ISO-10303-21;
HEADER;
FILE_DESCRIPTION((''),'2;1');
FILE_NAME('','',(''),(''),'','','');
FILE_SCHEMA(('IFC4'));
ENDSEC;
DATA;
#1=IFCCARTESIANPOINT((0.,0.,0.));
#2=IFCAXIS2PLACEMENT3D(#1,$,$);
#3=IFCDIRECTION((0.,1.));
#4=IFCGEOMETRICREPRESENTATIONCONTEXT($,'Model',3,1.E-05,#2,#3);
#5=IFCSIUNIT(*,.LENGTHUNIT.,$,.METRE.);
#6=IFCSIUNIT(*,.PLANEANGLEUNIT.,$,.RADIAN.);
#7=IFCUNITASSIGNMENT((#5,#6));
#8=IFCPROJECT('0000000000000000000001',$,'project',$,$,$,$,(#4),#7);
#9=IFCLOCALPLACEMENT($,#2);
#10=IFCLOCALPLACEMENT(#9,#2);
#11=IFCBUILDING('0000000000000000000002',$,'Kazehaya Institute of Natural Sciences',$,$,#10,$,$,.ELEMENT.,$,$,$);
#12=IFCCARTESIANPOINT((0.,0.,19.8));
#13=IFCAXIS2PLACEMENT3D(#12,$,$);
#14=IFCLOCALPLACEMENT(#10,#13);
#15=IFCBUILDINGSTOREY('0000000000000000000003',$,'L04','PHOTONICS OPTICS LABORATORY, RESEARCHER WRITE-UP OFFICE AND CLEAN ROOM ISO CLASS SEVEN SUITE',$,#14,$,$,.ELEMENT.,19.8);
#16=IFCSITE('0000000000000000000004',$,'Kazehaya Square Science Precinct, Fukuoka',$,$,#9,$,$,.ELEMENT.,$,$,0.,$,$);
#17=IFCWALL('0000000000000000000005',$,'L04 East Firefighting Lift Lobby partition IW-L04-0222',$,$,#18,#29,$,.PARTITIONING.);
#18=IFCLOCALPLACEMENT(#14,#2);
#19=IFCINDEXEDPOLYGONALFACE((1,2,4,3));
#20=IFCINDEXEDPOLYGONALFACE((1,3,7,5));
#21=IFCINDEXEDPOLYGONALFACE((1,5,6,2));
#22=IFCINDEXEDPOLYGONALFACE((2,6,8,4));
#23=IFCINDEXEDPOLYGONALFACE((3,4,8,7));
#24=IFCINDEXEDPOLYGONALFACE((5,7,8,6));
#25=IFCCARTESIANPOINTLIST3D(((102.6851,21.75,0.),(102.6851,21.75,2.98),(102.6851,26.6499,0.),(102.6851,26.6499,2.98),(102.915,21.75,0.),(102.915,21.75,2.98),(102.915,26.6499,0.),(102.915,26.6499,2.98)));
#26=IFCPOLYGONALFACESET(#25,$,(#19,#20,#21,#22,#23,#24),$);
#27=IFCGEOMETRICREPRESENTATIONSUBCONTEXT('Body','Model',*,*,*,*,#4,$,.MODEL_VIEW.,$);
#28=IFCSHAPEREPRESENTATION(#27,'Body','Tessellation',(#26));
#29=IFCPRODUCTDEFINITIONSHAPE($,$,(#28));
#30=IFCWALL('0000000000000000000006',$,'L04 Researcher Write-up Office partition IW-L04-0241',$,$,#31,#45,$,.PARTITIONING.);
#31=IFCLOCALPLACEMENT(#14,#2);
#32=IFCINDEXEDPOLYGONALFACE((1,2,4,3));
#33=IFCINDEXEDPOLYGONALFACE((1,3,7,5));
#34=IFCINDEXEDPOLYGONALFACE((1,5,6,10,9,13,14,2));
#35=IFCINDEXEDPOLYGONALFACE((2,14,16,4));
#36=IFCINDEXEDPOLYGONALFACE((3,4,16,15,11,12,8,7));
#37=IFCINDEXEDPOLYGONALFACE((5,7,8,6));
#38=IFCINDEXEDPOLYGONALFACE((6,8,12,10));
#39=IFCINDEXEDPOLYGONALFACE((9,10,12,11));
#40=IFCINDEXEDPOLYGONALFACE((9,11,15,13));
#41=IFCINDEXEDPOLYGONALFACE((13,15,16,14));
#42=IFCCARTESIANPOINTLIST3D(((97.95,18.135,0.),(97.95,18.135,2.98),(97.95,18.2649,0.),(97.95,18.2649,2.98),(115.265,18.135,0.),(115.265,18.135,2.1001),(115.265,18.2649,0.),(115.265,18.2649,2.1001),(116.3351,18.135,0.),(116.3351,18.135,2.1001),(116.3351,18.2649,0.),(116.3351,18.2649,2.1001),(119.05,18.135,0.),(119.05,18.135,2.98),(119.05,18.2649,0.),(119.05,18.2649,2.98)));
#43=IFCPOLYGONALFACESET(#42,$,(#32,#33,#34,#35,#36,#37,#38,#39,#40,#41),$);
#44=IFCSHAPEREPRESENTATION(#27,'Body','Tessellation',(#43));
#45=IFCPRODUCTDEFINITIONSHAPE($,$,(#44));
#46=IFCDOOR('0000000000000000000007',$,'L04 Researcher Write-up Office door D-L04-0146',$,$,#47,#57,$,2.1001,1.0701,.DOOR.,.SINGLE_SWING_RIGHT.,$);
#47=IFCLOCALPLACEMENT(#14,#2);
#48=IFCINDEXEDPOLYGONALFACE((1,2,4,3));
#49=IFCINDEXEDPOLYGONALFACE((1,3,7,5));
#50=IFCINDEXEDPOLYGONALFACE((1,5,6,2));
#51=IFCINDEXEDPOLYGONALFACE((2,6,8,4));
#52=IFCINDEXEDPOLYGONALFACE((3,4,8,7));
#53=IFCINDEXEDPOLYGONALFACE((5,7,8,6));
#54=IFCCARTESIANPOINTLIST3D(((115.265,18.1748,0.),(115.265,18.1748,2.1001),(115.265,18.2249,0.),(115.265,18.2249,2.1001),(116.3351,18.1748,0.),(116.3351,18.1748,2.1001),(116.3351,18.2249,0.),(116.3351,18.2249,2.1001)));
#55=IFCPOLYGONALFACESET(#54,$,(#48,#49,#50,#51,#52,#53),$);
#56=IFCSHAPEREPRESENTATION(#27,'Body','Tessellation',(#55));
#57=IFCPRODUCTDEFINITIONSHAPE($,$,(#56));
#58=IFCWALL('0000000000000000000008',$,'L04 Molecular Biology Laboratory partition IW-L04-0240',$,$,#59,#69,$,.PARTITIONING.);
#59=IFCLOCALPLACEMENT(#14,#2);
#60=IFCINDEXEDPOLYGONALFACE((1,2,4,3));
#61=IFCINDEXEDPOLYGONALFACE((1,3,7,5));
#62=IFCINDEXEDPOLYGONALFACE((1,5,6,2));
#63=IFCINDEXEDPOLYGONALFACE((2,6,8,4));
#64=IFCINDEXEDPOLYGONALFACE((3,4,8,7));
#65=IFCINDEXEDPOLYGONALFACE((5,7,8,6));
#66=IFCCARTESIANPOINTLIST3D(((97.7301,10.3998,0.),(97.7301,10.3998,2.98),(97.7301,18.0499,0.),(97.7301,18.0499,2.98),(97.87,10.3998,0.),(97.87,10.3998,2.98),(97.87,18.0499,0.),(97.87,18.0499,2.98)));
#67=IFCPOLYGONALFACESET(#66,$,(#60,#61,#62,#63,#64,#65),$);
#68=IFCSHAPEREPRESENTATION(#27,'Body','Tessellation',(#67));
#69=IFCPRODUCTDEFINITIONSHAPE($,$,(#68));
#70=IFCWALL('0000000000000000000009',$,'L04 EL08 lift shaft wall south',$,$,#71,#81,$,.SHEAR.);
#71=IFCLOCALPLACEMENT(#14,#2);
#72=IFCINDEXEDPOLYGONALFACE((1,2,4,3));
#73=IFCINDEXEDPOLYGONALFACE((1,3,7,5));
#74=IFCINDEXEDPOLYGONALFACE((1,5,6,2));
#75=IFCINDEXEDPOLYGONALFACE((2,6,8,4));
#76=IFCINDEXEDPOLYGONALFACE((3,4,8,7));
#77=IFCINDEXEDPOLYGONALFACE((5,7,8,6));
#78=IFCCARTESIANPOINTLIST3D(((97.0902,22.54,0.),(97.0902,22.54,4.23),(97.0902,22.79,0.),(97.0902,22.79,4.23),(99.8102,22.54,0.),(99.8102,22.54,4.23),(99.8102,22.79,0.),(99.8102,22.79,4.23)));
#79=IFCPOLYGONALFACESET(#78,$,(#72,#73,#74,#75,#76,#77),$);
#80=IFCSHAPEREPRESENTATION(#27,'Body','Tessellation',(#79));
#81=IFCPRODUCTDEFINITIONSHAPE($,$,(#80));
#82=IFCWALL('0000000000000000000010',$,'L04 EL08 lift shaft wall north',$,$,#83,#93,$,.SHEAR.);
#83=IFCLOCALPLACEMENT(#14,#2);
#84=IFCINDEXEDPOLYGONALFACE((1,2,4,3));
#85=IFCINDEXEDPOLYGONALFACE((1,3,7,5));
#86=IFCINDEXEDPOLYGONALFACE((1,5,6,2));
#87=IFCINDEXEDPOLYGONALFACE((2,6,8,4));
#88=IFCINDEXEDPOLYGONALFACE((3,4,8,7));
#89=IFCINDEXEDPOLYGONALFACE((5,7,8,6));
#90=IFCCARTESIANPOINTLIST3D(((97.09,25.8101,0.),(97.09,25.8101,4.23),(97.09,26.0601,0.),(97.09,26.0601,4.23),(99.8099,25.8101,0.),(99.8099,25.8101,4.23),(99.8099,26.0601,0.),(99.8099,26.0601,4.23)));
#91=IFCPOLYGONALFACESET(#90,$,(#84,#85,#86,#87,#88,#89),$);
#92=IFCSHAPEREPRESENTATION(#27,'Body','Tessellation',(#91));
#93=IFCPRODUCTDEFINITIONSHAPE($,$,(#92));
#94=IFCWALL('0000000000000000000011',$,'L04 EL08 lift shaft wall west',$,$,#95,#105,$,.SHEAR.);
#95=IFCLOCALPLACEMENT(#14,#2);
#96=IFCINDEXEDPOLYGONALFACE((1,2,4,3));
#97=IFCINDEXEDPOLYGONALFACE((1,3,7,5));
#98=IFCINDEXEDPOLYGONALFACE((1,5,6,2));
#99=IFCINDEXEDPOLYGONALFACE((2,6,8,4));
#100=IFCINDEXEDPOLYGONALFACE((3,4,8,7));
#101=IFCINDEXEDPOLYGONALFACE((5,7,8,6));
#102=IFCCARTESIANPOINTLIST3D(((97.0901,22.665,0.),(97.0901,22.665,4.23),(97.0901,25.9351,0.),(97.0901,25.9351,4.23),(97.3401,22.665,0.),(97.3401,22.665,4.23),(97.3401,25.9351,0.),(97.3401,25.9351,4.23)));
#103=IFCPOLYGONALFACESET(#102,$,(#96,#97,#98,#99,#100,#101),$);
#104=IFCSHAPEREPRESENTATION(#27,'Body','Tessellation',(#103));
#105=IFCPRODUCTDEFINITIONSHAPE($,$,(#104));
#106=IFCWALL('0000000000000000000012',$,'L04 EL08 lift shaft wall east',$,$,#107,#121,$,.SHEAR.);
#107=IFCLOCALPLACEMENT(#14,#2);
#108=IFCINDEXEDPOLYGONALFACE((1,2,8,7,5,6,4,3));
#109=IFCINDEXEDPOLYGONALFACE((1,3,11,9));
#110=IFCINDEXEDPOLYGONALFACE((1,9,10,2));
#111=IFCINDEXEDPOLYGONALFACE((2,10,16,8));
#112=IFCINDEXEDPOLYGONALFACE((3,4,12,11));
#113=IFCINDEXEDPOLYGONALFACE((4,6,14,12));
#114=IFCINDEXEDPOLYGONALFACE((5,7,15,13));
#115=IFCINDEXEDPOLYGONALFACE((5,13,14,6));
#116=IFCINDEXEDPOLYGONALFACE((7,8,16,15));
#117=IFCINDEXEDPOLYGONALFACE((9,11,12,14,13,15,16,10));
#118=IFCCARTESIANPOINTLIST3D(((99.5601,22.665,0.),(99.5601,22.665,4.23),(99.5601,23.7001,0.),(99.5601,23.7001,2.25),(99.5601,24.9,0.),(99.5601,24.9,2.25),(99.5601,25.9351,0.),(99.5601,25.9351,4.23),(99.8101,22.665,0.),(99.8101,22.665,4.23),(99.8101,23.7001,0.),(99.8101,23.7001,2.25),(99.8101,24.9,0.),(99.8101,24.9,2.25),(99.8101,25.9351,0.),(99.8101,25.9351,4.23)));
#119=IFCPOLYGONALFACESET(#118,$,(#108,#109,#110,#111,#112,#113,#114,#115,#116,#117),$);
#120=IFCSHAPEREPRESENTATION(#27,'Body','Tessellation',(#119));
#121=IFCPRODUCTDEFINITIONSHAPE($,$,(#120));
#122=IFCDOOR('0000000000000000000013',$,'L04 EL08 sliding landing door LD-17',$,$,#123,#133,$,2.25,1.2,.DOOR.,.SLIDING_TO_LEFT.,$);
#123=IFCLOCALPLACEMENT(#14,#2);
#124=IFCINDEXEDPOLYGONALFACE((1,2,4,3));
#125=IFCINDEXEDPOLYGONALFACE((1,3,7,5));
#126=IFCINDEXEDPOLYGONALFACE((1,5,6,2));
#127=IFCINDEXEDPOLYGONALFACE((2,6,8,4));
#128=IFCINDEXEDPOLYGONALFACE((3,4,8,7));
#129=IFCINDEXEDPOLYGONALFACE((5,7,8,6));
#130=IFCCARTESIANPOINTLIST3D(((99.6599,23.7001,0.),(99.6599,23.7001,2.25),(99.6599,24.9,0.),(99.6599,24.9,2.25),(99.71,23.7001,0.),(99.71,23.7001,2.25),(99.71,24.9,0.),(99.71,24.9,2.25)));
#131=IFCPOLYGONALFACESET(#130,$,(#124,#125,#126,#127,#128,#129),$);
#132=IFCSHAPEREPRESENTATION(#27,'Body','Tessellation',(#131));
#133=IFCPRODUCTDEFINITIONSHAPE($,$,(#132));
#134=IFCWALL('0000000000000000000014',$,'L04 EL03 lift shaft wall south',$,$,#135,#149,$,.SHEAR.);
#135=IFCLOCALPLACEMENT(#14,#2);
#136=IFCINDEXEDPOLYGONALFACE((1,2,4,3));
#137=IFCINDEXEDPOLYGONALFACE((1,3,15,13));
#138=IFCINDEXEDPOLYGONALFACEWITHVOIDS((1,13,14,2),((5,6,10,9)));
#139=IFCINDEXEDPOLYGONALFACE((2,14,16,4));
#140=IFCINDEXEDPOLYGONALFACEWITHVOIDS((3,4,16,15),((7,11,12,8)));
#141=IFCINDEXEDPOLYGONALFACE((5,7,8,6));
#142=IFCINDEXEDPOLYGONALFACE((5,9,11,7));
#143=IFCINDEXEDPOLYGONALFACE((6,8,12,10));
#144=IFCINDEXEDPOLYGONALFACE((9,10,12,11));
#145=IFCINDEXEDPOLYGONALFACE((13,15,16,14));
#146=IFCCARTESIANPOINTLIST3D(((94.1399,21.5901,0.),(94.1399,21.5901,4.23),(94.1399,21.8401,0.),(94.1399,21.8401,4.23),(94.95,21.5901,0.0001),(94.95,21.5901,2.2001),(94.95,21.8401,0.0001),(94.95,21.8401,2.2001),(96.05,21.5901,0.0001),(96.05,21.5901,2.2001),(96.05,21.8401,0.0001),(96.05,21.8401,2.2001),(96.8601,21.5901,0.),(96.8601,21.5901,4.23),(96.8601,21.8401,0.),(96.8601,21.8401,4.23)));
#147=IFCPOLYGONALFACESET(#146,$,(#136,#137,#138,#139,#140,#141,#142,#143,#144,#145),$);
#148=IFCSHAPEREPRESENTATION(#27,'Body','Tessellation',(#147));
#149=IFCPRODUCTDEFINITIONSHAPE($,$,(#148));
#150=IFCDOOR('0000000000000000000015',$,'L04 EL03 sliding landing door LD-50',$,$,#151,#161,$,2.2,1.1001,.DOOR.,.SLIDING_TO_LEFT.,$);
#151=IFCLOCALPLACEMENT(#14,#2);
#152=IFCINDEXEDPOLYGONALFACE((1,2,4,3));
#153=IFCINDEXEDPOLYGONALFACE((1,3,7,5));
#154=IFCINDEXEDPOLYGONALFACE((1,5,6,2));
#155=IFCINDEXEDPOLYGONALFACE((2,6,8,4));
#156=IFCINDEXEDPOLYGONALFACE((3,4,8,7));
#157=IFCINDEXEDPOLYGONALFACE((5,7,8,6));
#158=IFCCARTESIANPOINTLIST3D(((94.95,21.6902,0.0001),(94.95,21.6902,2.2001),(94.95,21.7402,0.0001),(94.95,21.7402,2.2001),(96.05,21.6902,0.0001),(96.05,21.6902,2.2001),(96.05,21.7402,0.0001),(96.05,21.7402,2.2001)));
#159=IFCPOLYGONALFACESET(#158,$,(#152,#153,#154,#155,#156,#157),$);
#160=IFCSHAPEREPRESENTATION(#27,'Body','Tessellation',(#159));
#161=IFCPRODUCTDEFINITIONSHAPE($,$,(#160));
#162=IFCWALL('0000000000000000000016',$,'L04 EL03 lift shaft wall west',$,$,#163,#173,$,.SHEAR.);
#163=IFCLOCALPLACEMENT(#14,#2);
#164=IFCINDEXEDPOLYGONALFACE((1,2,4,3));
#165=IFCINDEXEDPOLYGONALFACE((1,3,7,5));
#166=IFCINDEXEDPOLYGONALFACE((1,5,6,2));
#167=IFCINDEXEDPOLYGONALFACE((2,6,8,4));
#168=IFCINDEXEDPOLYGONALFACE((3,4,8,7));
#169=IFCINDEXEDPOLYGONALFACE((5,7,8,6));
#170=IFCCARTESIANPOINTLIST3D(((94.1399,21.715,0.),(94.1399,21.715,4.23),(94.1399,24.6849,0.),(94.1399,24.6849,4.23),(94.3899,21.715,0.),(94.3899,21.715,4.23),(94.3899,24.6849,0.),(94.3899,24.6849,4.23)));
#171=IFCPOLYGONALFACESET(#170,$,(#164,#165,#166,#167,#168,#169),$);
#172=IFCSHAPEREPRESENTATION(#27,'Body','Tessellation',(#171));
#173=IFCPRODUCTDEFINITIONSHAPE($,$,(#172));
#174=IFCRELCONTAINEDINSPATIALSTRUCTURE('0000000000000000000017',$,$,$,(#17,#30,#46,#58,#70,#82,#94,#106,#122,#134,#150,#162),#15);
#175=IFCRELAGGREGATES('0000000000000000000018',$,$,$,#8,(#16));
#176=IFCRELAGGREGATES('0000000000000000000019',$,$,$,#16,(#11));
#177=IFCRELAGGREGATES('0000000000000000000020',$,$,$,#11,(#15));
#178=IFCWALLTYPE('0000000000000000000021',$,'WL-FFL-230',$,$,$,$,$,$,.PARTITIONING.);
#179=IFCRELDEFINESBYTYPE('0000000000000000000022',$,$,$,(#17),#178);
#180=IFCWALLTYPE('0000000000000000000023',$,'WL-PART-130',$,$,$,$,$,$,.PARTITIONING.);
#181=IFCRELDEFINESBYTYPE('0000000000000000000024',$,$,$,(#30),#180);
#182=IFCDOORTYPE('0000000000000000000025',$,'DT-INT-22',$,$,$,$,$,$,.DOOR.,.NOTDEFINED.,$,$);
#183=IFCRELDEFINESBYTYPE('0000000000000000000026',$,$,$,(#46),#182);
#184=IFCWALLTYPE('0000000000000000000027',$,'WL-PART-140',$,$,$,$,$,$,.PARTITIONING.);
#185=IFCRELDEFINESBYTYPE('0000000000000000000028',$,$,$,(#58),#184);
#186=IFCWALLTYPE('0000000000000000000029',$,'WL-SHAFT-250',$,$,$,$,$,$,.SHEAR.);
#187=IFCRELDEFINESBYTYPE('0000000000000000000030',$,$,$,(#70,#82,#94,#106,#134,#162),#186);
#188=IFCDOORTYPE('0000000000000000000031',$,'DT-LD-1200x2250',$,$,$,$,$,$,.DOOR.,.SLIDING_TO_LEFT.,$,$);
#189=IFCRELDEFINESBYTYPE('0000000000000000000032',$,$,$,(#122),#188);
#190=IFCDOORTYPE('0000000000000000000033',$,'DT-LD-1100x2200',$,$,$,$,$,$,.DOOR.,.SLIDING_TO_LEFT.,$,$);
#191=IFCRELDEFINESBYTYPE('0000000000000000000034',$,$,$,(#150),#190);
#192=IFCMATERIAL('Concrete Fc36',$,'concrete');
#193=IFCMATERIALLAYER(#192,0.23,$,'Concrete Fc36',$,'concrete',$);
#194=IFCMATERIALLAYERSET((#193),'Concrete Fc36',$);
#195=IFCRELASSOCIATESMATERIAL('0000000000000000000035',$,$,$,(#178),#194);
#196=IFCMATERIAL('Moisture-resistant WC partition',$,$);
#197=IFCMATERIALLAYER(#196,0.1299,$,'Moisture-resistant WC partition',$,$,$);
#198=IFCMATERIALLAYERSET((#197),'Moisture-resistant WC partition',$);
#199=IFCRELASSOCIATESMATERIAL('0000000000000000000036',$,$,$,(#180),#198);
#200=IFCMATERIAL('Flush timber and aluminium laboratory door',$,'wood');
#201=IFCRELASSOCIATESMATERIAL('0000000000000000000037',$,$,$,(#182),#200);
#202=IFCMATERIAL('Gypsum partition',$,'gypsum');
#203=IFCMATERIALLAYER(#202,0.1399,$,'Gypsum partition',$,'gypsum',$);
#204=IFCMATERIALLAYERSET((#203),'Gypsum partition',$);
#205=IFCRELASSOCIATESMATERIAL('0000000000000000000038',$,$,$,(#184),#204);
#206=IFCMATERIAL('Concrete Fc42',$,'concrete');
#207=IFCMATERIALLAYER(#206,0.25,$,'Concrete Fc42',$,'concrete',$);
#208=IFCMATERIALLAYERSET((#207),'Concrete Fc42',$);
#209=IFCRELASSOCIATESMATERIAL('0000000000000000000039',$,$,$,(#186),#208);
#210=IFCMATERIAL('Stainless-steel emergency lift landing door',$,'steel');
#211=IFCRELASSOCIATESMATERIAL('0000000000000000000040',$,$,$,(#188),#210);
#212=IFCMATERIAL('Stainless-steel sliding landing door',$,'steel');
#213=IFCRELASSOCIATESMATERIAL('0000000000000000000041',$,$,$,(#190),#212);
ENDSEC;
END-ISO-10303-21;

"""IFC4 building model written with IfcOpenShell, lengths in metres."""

from ifc_helpers import new_model, si_unit, direction, frame, frame_2d, origin, place, context, subcontext, project, spatial, rectangle, extrude, material, layer, layer_set, type_object, element, fill, save


model = new_model("IFC4")

# Units and contexts
model_context = context("Model", 3, precision=1e-05, world=origin(), true_north=direction((0.0, 1.0)))
body_context = subcontext(model_context, "Body", "Model", "MODEL_VIEW")
ifc_project = project(units=[si_unit("LENGTHUNIT", "METRE"), si_unit("PLANEANGLEUNIT", "RADIAN")], contexts=[model_context])

# Site, building, storey
site_placement = place(None, origin())
site = spatial("IfcSite", under=ifc_project, at=site_placement, Name="Kazehaya Square Science Precinct, Fukuoka", CompositionType="ELEMENT", RefElevation=0.0)
building_placement = place(site_placement, origin())
building = spatial("IfcBuilding", under=site, at=building_placement, Name="Kazehaya Institute of Natural Sciences", CompositionType="ELEMENT")
storey_placement = place(building_placement, frame((0.0, 0.0, 19.8)))
storey = spatial("IfcBuildingStorey", under=building, at=storey_placement, Name="L04", Description="PHOTONICS OPTICS LABORATORY, RESEARCHER WRITE-UP OFFICE AND CLEAN ROOM ISO CLASS SEVEN SUITE", CompositionType="ELEMENT", Elevation=19.8)

# Shared definitions
ifc_material_1 = material(Name="Concrete Fc42", Category="concrete")

# Shared definitions
ifc_material_2 = material(Name="Concrete Fc36", Category="concrete")

# Shared definitions
ifc_layer_1 = layer(ifc_material_2, 0.23, Name="Concrete Fc36", Category="concrete")
ifc_layer_set_1 = layer_set([ifc_layer_1], Name="Concrete Fc36")
wall_type_1 = type_object("IfcWallType", Name="WL-FFL-230", PredefinedType="PARTITIONING", material=ifc_layer_set_1)

# Wall
wall_1_placement = place(storey_placement, frame((102.8, 26.6499, 0.0), z_axis=(0.0, 0.0, 1.0), x_axis=(0.0, -1.0, 0.0)))
element("IfcWall", 1, at=wall_1_placement, inside=storey, type_object=wall_type_1, Name="L04 East Firefighting Lift Lobby partition IW-L04-0222", PredefinedType="PARTITIONING", context=body_context, shape_type="SweptSolid", body=[
    extrude(rectangle(XDim=4.8999, YDim=0.23, at=frame_2d((2.45, 0.0))), origin(), (0.0, 0.0, 1.0), 2.98),
])

# Wall, opening, door
ifc_material_3 = material(Name="Moisture-resistant WC partition")
ifc_layer_2 = layer(ifc_material_3, 0.1299, Name="Moisture-resistant WC partition")
ifc_layer_set_2 = layer_set([ifc_layer_2], Name="Moisture-resistant WC partition")
wall_type_2 = type_object("IfcWallType", Name="WL-PART-130", PredefinedType="PARTITIONING", material=ifc_layer_set_2)
wall_2_placement = place(storey_placement, frame((97.95, 18.2, 0.0), z_axis=(0.0, 0.0, 1.0), x_axis=(1.0, 0.0, 0.0)))
wall_2 = element("IfcWall", 2, at=wall_2_placement, inside=storey, type_object=wall_type_2, Name="L04 Researcher Write-up Office partition IW-L04-0241", PredefinedType="PARTITIONING", context=body_context, shape_type="SweptSolid", body=[
    extrude(rectangle(XDim=21.1001, YDim=0.1299, at=frame_2d((10.55, 0.0))), origin(), (0.0, 0.0, 1.0), 2.98),
])
opening_1_placement = place(wall_2_placement, frame((17.3149, 0.0, 0.0)))
opening_1 = element("IfcOpeningElement", 3, at=opening_1_placement, cuts=wall_2, PredefinedType="OPENING", context=body_context, shape_type="SweptSolid", body=[
    extrude(rectangle(XDim=1.0701, YDim=2.1001, at=frame_2d((0.5352, 1.05))), frame((0.0, 0.075, 0.0), z_axis=(0.0, -1.0, 0.0), x_axis=(1.0, 0.0, 0.0)), (0.0, 0.0, 1.0), 0.1499),
])
ifc_material_4 = material(Name="Flush timber and aluminium laboratory door", Category="wood")
door_type_1 = type_object("IfcDoorType", Name="DT-INT-22", OperationType="NOTDEFINED", PredefinedType="DOOR", material=ifc_material_4)
door_1_placement = place(opening_1_placement, origin())
door_1 = element("IfcDoor", 4, at=door_1_placement, inside=storey, type_object=door_type_1, Name="L04 Researcher Write-up Office door D-L04-0146", OperationType="SINGLE_SWING_RIGHT", OverallHeight=2.1001, OverallWidth=1.0701, PredefinedType="DOOR", context=body_context, shape_type="SweptSolid", body=[
    extrude(rectangle(XDim=1.0701, YDim=2.1001, at=frame_2d((0.5352, 1.05))), frame((0.0, 0.0249, 0.0), z_axis=(0.0, -1.0, 0.0), x_axis=(1.0, 0.0, 0.0)), (0.0, 0.0, 1.0), 0.05),
])
fill(opening_1, door_1)

# Walls
ifc_material_5 = material(Name="Gypsum partition", Category="gypsum")
ifc_layer_3 = layer(ifc_material_5, 0.1399, Name="Gypsum partition", Category="gypsum")
ifc_layer_set_3 = layer_set([ifc_layer_3], Name="Gypsum partition")
wall_type_3 = type_object("IfcWallType", Name="WL-PART-140", PredefinedType="PARTITIONING", material=ifc_layer_set_3)
wall_3_placement = place(storey_placement, frame((97.8, 18.05, 0.0), z_axis=(0.0, 0.0, 1.0), x_axis=(0.0, -1.0, 0.0)))
element("IfcWall", 5, at=wall_3_placement, inside=storey, type_object=wall_type_3, Name="L04 Molecular Biology Laboratory partition IW-L04-0240", PredefinedType="PARTITIONING", context=body_context, shape_type="SweptSolid", body=[
    extrude(rectangle(XDim=7.6501, YDim=0.1399, at=frame_2d((3.8252, 0.0))), origin(), (0.0, 0.0, 1.0), 2.98),
])
ifc_layer_4 = layer(ifc_material_1, 0.25, Name="Concrete Fc42", Category="concrete")
ifc_layer_set_4 = layer_set([ifc_layer_4], Name="Concrete Fc42")
wall_type_4 = type_object("IfcWallType", Name="WL-SHAFT-250", PredefinedType="SHEAR", material=ifc_layer_set_4)
for number, where, z_axis, x_axis, name in (
    (6, (99.8101, 22.665, 0.0), (0.0, 0.0, 1.0), (-1.0, 0.0, 0.0), "L04 EL08 lift shaft wall south"),
    (7, (97.0901, 25.9351, 0.0), (0.0, 0.0, 1.0), (1.0, 0.0, 0.0), "L04 EL08 lift shaft wall north"),
):
    element("IfcWall", number, at=place(storey_placement, frame(where, z_axis=z_axis, x_axis=x_axis)), inside=storey, type_object=wall_type_4, Name=name, PredefinedType="SHEAR", context=body_context, shape_type="SweptSolid", body=[
        extrude(rectangle(XDim=2.72, YDim=0.25, at=frame_2d((1.3599, 0.0))), origin(), (0.0, 0.0, 1.0), 4.23),
    ])
wall_4_placement = place(storey_placement, frame((97.2151, 22.665, 0.0), z_axis=(0.0, 0.0, 1.0), x_axis=(0.0, 1.0, 0.0)))
element("IfcWall", 8, at=wall_4_placement, inside=storey, type_object=wall_type_4, Name="L04 EL08 lift shaft wall west", PredefinedType="SHEAR", context=body_context, shape_type="SweptSolid", body=[
    extrude(rectangle(XDim=3.27, YDim=0.25, at=frame_2d((1.635, 0.0))), origin(), (0.0, 0.0, 1.0), 4.23),
])

# Walls, openings, doors
wall_5_placement = place(storey_placement, frame((99.6851, 25.9351, 0.0), z_axis=(0.0, 0.0, 1.0), x_axis=(0.0, -1.0, 0.0)))
wall_5 = element("IfcWall", 9, at=wall_5_placement, inside=storey, type_object=wall_type_4, Name="L04 EL08 lift shaft wall east", PredefinedType="SHEAR", context=body_context, shape_type="SweptSolid", body=[
    extrude(rectangle(XDim=3.27, YDim=0.25, at=frame_2d((1.635, 0.0))), origin(), (0.0, 0.0, 1.0), 4.23),
])
opening_2_placement = place(wall_5_placement, frame((1.0349, 0.0, 0.0)))
opening_2 = element("IfcOpeningElement", 10, at=opening_2_placement, cuts=wall_5, PredefinedType="OPENING", context=body_context, shape_type="SweptSolid", body=[
    extrude(rectangle(XDim=1.2, YDim=2.25, at=frame_2d((0.6001, 1.125))), frame((0.0, 0.135, 0.0), z_axis=(0.0, -1.0, 0.0), x_axis=(1.0, 0.0, 0.0)), (0.0, 0.0, 1.0), 0.27),
])
ifc_material_6 = material(Name="Stainless-steel emergency lift landing door", Category="steel")
door_type_2 = type_object("IfcDoorType", Name="DT-LD-1200x2250", OperationType="SLIDING_TO_LEFT", PredefinedType="DOOR", material=ifc_material_6)
door_2_placement = place(opening_2_placement, origin())
door_2 = element("IfcDoor", 11, at=door_2_placement, inside=storey, type_object=door_type_2, Name="L04 EL08 sliding landing door LD-17", OperationType="SLIDING_TO_LEFT", OverallHeight=2.25, OverallWidth=1.2, PredefinedType="DOOR", context=body_context, shape_type="SweptSolid", body=[
    extrude(rectangle(XDim=1.2, YDim=2.25, at=frame_2d((0.6001, 1.125))), frame((0.0, 0.0249, 0.0), z_axis=(0.0, -1.0, 0.0), x_axis=(1.0, 0.0, 0.0)), (0.0, 0.0, 1.0), 0.05),
])
fill(opening_2, door_2)
wall_6_placement = place(storey_placement, frame((96.8601, 21.7151, 0.0), z_axis=(0.0, 0.0, 1.0), x_axis=(-1.0, 0.0, 0.0)))
wall_6 = element("IfcWall", 12, at=wall_6_placement, inside=storey, type_object=wall_type_4, Name="L04 EL03 lift shaft wall south", PredefinedType="SHEAR", context=body_context, shape_type="SweptSolid", body=[
    extrude(rectangle(XDim=2.7202, YDim=0.25, at=frame_2d((1.3601, 0.0))), origin(), (0.0, 0.0, 1.0), 4.23),
])
opening_3_placement = place(wall_6_placement, frame((0.8101, 0.0, 0.0)))
opening_3 = element("IfcOpeningElement", 13, at=opening_3_placement, cuts=wall_6, PredefinedType="OPENING", context=body_context, shape_type="SweptSolid", body=[
    extrude(rectangle(XDim=1.1001, YDim=2.2, at=frame_2d((0.55, 1.1001))), frame((0.0, 0.135, 0.0), z_axis=(0.0, -1.0, 0.0), x_axis=(1.0, 0.0, 0.0)), (0.0, 0.0, 1.0), 0.27),
])
ifc_material_7 = material(Name="Stainless-steel sliding landing door", Category="steel")
door_type_3 = type_object("IfcDoorType", Name="DT-LD-1100x2200", OperationType="SLIDING_TO_LEFT", PredefinedType="DOOR", material=ifc_material_7)
door_3_placement = place(opening_3_placement, origin())
door_3 = element("IfcDoor", 14, at=door_3_placement, inside=storey, type_object=door_type_3, Name="L04 EL03 sliding landing door LD-50", OperationType="SLIDING_TO_LEFT", OverallHeight=2.2, OverallWidth=1.1001, PredefinedType="DOOR", context=body_context, shape_type="SweptSolid", body=[
    extrude(rectangle(XDim=1.1001, YDim=2.2, at=frame_2d((0.55, 1.1001))), frame((0.0, 0.0249, 0.0), z_axis=(0.0, -1.0, 0.0), x_axis=(1.0, 0.0, 0.0)), (0.0, 0.0, 1.0), 0.05),
])
fill(opening_3, door_3)

# Wall
for number, where, z_axis, x_axis, name in (
    (15, (94.2649, 21.7151, 0.0), (0.0, 0.0, 1.0), (0.0, 1.0, 0.0), "L04 EL03 lift shaft wall west"),
):
    element("IfcWall", number, at=place(storey_placement, frame(where, z_axis=z_axis, x_axis=x_axis)), inside=storey, type_object=wall_type_4, Name=name, PredefinedType="SHEAR", context=body_context, shape_type="SweptSolid", body=[
        extrude(rectangle(XDim=2.97, YDim=0.25, at=frame_2d((1.4849, 0.0))), origin(), (0.0, 0.0, 1.0), 4.23),
    ])

save(model, "model.ifc")
